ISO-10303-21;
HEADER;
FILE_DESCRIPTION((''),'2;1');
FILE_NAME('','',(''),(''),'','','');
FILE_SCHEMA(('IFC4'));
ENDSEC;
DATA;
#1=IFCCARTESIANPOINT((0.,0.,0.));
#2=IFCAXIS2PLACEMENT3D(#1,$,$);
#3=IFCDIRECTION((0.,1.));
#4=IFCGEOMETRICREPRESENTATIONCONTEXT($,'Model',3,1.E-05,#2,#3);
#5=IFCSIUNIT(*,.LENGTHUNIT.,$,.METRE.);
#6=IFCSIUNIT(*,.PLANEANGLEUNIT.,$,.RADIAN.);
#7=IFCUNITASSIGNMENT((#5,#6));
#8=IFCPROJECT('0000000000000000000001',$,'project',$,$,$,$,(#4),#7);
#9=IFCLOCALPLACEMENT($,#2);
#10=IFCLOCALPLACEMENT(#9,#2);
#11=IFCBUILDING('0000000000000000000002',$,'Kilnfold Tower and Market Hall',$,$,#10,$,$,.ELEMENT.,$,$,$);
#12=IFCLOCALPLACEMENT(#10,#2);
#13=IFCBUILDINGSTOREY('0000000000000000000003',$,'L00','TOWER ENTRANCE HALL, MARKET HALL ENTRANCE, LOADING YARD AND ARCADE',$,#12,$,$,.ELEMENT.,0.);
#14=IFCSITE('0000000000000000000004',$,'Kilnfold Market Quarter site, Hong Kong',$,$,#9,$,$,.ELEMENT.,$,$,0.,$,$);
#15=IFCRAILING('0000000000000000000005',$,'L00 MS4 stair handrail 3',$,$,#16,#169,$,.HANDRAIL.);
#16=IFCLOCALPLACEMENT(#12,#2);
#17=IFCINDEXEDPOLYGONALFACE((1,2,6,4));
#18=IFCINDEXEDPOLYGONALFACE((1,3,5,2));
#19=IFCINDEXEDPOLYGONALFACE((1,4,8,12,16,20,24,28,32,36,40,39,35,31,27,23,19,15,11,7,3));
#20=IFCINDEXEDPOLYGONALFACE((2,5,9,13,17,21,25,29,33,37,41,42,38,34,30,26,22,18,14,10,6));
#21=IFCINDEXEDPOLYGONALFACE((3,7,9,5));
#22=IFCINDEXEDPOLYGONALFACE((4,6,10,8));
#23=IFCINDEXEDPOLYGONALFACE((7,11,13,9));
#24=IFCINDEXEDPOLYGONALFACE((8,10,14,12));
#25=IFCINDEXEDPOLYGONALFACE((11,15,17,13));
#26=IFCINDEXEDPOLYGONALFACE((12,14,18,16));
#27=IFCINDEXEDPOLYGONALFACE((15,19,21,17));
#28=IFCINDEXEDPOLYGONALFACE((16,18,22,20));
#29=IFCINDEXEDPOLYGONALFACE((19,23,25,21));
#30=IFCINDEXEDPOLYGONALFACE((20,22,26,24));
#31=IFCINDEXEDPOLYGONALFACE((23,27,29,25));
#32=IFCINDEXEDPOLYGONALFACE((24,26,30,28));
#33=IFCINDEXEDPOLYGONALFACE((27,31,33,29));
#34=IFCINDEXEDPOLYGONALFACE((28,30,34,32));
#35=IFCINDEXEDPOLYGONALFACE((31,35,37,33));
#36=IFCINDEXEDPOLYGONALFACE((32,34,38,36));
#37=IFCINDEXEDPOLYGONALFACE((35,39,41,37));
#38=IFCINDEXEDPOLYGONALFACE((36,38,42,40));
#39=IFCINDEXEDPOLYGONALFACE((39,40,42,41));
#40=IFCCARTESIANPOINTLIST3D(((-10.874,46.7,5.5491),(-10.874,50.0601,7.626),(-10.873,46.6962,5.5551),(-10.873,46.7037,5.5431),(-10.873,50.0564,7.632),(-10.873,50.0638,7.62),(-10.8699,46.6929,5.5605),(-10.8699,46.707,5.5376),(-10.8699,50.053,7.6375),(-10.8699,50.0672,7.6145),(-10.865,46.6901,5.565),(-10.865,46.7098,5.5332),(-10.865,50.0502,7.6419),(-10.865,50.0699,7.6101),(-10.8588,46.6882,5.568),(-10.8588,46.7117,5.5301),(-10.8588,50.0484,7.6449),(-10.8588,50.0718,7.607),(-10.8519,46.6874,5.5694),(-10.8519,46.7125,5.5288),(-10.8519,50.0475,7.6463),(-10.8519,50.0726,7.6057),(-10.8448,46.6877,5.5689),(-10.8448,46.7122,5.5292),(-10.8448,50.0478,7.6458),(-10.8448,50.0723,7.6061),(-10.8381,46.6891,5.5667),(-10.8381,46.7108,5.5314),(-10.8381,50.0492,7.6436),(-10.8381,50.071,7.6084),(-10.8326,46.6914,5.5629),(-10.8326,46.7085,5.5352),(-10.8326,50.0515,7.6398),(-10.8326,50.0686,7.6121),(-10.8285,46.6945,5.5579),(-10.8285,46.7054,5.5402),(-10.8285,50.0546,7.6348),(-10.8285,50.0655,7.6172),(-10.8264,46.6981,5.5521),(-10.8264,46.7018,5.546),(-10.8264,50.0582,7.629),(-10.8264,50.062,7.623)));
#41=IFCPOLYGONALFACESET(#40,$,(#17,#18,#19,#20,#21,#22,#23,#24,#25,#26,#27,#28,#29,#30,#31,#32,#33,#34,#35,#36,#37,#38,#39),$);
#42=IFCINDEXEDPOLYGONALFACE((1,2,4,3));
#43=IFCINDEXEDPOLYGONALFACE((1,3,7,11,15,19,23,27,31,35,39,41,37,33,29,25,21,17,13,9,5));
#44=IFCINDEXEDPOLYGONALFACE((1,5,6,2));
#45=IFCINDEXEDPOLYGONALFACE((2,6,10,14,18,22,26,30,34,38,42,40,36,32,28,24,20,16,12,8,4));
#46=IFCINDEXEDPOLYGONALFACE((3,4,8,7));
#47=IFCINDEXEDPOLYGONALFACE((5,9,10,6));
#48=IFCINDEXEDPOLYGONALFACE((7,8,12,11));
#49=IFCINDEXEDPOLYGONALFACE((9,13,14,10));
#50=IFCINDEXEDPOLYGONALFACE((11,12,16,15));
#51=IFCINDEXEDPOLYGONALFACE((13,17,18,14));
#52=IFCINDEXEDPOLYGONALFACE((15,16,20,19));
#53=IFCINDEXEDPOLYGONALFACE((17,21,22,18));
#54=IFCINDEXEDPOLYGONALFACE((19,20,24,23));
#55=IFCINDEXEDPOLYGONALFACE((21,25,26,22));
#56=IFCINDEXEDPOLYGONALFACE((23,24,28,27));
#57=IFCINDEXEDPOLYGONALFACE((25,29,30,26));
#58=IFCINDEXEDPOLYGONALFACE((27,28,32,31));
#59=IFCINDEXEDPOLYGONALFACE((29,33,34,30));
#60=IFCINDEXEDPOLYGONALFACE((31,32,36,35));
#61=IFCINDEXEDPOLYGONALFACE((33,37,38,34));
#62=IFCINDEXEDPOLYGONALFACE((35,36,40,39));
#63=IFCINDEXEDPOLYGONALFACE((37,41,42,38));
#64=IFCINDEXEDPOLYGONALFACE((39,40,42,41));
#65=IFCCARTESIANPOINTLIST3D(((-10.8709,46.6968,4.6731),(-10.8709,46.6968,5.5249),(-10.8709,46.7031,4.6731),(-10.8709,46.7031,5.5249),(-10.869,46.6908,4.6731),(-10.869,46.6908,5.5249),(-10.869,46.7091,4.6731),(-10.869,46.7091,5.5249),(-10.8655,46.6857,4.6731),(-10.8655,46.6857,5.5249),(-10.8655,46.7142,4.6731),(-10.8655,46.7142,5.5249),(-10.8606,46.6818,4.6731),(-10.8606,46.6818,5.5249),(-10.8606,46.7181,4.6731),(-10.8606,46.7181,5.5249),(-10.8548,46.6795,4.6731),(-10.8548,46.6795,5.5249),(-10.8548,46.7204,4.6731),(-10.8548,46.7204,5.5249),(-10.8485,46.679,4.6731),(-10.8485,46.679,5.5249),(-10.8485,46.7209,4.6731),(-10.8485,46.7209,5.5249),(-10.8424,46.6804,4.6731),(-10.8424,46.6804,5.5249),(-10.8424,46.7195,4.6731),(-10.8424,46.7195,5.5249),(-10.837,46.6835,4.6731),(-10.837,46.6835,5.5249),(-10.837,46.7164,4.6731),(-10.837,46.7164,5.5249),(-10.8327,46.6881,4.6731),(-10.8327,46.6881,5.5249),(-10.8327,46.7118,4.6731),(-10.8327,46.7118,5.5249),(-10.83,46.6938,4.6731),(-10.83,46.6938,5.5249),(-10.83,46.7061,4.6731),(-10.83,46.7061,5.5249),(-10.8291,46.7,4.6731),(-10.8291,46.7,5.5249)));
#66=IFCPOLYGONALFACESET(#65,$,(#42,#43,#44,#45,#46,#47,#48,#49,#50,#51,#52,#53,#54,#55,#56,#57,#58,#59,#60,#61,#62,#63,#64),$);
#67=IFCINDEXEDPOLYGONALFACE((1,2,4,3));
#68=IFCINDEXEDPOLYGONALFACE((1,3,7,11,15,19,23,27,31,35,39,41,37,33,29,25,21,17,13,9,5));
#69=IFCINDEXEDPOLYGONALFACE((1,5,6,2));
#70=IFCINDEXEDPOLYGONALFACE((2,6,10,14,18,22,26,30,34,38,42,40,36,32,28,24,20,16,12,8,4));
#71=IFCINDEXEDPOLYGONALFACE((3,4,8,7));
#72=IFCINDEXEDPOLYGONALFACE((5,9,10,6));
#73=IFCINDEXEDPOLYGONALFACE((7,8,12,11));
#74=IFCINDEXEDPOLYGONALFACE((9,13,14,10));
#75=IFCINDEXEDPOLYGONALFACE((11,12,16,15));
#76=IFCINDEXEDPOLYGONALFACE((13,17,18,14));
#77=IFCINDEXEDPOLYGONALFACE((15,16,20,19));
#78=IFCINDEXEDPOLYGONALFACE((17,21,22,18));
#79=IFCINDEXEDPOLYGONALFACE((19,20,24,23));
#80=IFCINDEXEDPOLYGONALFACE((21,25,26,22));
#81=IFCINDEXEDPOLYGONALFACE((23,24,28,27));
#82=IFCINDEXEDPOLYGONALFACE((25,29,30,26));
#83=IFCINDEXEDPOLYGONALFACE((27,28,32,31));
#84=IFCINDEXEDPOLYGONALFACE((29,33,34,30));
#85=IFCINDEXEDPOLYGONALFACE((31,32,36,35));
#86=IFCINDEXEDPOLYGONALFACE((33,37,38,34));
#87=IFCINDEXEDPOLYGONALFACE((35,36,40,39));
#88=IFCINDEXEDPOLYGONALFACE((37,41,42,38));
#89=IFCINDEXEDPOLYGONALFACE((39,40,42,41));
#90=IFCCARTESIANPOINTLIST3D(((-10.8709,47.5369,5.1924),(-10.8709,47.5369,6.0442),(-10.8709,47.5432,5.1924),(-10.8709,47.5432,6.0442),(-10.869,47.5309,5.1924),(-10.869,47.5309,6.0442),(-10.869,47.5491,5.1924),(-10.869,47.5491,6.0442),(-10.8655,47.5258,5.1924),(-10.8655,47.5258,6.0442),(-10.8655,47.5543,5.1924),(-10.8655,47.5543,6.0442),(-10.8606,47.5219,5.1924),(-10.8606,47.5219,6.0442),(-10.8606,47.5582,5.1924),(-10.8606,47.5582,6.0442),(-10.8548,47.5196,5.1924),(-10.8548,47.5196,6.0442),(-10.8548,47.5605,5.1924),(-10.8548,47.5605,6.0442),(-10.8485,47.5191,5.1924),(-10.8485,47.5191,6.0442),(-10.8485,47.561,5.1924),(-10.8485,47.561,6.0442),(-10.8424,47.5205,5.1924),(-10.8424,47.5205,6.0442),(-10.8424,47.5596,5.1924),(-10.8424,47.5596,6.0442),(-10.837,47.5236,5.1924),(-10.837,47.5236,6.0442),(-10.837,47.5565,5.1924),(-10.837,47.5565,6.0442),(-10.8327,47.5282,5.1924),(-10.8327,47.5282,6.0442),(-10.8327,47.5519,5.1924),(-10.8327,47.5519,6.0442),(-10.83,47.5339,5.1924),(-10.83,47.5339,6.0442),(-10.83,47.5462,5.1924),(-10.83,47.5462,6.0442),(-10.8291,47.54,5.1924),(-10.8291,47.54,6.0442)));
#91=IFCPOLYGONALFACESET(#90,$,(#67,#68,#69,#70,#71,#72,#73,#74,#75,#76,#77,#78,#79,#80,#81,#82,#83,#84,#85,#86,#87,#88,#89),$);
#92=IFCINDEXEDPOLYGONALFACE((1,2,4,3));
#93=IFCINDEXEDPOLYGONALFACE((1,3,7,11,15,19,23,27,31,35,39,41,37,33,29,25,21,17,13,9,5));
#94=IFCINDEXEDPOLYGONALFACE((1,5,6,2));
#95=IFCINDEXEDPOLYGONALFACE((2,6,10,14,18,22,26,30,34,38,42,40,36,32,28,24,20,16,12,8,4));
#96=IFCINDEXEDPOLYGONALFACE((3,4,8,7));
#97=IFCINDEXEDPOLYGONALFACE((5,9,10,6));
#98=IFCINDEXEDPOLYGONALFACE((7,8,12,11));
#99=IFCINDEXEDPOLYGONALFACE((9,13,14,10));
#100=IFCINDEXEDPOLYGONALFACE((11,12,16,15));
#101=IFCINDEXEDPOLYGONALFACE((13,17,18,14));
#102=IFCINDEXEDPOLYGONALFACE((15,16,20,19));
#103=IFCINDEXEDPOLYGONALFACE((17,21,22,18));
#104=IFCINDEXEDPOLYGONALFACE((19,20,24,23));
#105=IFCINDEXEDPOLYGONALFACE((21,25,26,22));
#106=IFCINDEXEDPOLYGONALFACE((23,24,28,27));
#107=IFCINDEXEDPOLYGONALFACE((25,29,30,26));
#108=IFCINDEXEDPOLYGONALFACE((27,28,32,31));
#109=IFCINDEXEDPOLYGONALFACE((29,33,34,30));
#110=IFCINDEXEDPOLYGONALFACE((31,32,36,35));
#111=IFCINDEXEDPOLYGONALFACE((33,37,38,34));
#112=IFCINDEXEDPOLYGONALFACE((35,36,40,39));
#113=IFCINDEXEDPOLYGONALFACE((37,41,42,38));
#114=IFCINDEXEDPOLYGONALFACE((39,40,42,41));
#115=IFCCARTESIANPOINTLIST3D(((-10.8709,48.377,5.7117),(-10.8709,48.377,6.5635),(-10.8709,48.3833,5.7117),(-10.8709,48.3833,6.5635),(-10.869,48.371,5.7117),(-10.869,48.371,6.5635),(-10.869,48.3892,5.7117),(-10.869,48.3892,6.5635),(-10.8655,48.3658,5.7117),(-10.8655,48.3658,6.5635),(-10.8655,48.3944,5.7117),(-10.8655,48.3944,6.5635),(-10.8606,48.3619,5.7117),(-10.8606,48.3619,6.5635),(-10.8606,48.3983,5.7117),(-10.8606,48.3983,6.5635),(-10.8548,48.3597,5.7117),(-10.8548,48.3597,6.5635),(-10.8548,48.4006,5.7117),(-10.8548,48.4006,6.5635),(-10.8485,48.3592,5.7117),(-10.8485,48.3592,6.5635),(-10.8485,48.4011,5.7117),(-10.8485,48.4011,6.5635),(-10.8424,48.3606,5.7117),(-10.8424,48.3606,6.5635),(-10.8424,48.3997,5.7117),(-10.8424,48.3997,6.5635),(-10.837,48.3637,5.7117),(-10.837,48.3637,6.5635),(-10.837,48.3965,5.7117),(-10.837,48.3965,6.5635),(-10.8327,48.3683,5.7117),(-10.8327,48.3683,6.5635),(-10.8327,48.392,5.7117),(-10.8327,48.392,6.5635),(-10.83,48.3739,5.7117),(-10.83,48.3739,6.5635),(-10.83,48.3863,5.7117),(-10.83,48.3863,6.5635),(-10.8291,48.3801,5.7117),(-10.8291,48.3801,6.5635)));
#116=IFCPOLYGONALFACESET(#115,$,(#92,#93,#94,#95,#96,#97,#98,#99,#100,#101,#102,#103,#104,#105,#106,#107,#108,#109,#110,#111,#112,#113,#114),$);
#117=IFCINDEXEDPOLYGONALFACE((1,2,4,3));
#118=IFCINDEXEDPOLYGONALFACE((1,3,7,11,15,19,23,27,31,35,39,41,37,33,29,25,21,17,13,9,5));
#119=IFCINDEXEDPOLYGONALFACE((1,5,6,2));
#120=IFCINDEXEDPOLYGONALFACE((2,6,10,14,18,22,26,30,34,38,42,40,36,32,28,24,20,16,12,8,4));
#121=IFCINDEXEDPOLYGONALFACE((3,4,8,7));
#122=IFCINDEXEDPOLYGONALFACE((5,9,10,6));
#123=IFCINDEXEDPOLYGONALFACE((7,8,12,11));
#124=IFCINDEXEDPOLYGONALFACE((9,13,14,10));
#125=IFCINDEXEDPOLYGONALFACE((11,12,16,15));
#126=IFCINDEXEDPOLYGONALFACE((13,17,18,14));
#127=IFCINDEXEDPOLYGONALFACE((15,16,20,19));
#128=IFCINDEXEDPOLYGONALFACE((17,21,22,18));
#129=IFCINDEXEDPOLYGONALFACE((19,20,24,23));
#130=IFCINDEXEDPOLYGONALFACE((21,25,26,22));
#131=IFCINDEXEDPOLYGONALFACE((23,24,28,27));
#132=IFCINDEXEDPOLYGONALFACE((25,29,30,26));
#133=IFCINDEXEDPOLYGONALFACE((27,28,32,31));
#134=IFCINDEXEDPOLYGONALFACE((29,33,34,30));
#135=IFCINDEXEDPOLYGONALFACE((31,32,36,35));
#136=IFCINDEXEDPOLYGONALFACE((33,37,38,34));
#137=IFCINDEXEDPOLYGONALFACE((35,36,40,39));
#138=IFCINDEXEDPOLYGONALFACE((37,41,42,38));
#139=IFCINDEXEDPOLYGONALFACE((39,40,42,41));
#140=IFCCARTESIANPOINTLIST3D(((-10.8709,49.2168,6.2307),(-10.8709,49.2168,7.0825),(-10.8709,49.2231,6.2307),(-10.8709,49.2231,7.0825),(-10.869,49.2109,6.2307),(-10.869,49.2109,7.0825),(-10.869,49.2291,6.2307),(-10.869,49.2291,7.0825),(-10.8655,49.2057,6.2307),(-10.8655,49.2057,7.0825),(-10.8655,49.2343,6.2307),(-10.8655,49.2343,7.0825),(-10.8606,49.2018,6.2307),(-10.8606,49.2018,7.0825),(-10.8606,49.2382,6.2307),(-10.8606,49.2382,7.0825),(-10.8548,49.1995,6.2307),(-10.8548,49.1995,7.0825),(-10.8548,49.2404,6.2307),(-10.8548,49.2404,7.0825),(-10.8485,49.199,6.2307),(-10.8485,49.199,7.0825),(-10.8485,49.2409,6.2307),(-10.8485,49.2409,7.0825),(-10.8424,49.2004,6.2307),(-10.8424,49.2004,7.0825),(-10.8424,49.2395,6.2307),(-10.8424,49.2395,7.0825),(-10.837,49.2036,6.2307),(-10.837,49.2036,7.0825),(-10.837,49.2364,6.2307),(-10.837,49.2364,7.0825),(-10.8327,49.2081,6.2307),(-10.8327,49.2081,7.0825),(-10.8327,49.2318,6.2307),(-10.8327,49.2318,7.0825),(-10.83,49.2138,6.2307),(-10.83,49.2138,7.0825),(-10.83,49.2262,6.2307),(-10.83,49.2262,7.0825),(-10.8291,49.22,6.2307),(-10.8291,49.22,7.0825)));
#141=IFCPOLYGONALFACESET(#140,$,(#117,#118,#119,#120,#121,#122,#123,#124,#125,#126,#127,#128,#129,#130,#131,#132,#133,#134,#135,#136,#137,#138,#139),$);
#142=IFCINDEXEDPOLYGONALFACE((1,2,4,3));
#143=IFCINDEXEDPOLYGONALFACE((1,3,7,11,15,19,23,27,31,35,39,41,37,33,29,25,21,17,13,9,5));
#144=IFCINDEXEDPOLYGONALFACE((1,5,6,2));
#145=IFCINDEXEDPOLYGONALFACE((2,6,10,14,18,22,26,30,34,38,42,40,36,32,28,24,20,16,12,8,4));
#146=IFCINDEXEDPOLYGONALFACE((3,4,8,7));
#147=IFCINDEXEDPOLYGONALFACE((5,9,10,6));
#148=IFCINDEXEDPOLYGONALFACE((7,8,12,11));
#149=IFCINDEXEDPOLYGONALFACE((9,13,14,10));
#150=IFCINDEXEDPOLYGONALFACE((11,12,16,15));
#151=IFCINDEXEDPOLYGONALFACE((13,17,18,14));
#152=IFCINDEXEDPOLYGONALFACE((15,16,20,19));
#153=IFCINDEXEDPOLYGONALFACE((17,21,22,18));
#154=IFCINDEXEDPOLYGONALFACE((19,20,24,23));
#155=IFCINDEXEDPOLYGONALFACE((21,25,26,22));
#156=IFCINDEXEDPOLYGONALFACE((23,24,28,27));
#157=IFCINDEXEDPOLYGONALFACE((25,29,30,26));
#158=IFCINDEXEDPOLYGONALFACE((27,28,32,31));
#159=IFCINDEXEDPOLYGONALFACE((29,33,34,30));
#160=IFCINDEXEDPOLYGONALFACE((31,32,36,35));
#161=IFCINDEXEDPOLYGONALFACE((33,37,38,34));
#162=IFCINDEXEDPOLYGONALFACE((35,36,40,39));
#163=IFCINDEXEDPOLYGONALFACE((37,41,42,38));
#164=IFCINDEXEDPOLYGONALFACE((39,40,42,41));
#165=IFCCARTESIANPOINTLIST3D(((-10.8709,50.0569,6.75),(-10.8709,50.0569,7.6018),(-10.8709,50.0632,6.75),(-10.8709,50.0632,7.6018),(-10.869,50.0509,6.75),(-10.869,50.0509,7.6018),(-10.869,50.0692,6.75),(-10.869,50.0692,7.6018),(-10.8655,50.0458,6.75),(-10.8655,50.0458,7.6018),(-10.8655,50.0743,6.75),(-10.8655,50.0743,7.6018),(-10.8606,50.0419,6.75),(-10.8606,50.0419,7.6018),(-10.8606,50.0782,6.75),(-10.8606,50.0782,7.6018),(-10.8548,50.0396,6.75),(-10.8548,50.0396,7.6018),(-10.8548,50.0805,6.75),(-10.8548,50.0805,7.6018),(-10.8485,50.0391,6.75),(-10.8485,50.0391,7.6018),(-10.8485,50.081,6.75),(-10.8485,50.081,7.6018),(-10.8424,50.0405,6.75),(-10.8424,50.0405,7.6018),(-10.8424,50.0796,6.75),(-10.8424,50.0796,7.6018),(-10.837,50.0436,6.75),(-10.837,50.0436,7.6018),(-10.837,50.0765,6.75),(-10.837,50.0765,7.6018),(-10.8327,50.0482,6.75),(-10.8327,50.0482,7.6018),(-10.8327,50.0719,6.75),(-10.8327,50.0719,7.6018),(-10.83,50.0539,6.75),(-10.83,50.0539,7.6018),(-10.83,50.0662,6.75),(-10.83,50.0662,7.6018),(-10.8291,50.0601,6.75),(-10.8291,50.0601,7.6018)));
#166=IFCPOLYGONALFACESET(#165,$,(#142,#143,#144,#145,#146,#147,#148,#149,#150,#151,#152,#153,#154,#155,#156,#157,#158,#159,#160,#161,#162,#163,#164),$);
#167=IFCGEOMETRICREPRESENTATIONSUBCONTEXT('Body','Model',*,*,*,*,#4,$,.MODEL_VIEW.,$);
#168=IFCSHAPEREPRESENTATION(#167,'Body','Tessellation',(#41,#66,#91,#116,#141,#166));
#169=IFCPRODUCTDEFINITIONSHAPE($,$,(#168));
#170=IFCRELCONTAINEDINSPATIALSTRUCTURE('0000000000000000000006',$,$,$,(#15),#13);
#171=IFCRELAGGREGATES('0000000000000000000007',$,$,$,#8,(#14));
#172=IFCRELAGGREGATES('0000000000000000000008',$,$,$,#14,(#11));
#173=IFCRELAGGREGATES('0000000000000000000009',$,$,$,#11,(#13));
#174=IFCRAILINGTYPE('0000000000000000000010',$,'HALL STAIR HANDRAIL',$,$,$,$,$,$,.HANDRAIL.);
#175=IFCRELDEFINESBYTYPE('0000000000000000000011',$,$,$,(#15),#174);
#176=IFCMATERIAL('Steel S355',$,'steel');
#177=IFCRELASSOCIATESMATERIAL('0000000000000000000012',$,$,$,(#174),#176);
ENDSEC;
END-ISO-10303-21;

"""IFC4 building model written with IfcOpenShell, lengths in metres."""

from ifc_helpers import new_model, si_unit, direction, frame, origin, origin_2d, place, context, subcontext, project, spatial, circle, extrude, material, type_object, element, save


model = new_model("IFC4")

# Units and contexts
model_context = context("Model", 3, precision=1e-05, world=origin(), true_north=direction((0.0, 1.0)))
body_context = subcontext(model_context, "Body", "Model", "MODEL_VIEW")
ifc_project = project(units=[si_unit("LENGTHUNIT", "METRE"), si_unit("PLANEANGLEUNIT", "RADIAN")], contexts=[model_context])

# Site, building, storey
site_placement = place(None, origin())
site = spatial("IfcSite", under=ifc_project, at=site_placement, Name="Kilnfold Market Quarter site, Hong Kong", CompositionType="ELEMENT", RefElevation=0.0)
building_placement = place(site_placement, origin())
building = spatial("IfcBuilding", under=site, at=building_placement, Name="Kilnfold Tower and Market Hall", CompositionType="ELEMENT")
storey_placement = place(building_placement, origin())
storey = spatial("IfcBuildingStorey", under=building, at=storey_placement, Name="L00", Description="TOWER ENTRANCE HALL, MARKET HALL ENTRANCE, LOADING YARD AND ARCADE", CompositionType="ELEMENT", Elevation=0.0)

# Railing
ifc_material_1 = material(Name="Steel S355", Category="steel")
railing_type_1 = type_object("IfcRailingType", Name="HALL STAIR HANDRAIL", PredefinedType="HANDRAIL", material=ifc_material_1)
for number, where, name in (
    (1, (-10.8501, 46.7, 4.6731), "L00 MS4 stair handrail 3"),
):
    element("IfcRailing", number, at=place(storey_placement, frame(where)), inside=storey, type_object=railing_type_1, Name=name, PredefinedType="HANDRAIL", context=body_context, shape_type="SweptSolid", body=[
        extrude(circle(Radius=0.0239, at=origin_2d()), frame((0.0, 0.0, 0.876), z_axis=(0.0, 0.850623, 0.525776), x_axis=(-1.0, 0.0, 0.0)), (0.0, 0.0, 1.0), 3.9502),
        extrude(circle(Radius=0.021, at=origin_2d()), origin(), (0.0, 0.0, 1.0), 0.8518),
        extrude(circle(Radius=0.021, at=origin_2d()), frame((0.0, 0.8401, 0.5193)), (0.0, 0.0, 1.0), 0.8518),
        extrude(circle(Radius=0.021, at=origin_2d()), frame((0.0, 1.6802, 1.0386)), (0.0, 0.0, 1.0), 0.8518),
        extrude(circle(Radius=0.021, at=origin_2d()), frame((0.0, 2.52, 1.5576)), (0.0, 0.0, 1.0), 0.8518),
        extrude(circle(Radius=0.021, at=origin_2d()), frame((0.0, 3.3601, 2.0769)), (0.0, 0.0, 1.0), 0.8518),
    ])

save(model, "model.ifc")
